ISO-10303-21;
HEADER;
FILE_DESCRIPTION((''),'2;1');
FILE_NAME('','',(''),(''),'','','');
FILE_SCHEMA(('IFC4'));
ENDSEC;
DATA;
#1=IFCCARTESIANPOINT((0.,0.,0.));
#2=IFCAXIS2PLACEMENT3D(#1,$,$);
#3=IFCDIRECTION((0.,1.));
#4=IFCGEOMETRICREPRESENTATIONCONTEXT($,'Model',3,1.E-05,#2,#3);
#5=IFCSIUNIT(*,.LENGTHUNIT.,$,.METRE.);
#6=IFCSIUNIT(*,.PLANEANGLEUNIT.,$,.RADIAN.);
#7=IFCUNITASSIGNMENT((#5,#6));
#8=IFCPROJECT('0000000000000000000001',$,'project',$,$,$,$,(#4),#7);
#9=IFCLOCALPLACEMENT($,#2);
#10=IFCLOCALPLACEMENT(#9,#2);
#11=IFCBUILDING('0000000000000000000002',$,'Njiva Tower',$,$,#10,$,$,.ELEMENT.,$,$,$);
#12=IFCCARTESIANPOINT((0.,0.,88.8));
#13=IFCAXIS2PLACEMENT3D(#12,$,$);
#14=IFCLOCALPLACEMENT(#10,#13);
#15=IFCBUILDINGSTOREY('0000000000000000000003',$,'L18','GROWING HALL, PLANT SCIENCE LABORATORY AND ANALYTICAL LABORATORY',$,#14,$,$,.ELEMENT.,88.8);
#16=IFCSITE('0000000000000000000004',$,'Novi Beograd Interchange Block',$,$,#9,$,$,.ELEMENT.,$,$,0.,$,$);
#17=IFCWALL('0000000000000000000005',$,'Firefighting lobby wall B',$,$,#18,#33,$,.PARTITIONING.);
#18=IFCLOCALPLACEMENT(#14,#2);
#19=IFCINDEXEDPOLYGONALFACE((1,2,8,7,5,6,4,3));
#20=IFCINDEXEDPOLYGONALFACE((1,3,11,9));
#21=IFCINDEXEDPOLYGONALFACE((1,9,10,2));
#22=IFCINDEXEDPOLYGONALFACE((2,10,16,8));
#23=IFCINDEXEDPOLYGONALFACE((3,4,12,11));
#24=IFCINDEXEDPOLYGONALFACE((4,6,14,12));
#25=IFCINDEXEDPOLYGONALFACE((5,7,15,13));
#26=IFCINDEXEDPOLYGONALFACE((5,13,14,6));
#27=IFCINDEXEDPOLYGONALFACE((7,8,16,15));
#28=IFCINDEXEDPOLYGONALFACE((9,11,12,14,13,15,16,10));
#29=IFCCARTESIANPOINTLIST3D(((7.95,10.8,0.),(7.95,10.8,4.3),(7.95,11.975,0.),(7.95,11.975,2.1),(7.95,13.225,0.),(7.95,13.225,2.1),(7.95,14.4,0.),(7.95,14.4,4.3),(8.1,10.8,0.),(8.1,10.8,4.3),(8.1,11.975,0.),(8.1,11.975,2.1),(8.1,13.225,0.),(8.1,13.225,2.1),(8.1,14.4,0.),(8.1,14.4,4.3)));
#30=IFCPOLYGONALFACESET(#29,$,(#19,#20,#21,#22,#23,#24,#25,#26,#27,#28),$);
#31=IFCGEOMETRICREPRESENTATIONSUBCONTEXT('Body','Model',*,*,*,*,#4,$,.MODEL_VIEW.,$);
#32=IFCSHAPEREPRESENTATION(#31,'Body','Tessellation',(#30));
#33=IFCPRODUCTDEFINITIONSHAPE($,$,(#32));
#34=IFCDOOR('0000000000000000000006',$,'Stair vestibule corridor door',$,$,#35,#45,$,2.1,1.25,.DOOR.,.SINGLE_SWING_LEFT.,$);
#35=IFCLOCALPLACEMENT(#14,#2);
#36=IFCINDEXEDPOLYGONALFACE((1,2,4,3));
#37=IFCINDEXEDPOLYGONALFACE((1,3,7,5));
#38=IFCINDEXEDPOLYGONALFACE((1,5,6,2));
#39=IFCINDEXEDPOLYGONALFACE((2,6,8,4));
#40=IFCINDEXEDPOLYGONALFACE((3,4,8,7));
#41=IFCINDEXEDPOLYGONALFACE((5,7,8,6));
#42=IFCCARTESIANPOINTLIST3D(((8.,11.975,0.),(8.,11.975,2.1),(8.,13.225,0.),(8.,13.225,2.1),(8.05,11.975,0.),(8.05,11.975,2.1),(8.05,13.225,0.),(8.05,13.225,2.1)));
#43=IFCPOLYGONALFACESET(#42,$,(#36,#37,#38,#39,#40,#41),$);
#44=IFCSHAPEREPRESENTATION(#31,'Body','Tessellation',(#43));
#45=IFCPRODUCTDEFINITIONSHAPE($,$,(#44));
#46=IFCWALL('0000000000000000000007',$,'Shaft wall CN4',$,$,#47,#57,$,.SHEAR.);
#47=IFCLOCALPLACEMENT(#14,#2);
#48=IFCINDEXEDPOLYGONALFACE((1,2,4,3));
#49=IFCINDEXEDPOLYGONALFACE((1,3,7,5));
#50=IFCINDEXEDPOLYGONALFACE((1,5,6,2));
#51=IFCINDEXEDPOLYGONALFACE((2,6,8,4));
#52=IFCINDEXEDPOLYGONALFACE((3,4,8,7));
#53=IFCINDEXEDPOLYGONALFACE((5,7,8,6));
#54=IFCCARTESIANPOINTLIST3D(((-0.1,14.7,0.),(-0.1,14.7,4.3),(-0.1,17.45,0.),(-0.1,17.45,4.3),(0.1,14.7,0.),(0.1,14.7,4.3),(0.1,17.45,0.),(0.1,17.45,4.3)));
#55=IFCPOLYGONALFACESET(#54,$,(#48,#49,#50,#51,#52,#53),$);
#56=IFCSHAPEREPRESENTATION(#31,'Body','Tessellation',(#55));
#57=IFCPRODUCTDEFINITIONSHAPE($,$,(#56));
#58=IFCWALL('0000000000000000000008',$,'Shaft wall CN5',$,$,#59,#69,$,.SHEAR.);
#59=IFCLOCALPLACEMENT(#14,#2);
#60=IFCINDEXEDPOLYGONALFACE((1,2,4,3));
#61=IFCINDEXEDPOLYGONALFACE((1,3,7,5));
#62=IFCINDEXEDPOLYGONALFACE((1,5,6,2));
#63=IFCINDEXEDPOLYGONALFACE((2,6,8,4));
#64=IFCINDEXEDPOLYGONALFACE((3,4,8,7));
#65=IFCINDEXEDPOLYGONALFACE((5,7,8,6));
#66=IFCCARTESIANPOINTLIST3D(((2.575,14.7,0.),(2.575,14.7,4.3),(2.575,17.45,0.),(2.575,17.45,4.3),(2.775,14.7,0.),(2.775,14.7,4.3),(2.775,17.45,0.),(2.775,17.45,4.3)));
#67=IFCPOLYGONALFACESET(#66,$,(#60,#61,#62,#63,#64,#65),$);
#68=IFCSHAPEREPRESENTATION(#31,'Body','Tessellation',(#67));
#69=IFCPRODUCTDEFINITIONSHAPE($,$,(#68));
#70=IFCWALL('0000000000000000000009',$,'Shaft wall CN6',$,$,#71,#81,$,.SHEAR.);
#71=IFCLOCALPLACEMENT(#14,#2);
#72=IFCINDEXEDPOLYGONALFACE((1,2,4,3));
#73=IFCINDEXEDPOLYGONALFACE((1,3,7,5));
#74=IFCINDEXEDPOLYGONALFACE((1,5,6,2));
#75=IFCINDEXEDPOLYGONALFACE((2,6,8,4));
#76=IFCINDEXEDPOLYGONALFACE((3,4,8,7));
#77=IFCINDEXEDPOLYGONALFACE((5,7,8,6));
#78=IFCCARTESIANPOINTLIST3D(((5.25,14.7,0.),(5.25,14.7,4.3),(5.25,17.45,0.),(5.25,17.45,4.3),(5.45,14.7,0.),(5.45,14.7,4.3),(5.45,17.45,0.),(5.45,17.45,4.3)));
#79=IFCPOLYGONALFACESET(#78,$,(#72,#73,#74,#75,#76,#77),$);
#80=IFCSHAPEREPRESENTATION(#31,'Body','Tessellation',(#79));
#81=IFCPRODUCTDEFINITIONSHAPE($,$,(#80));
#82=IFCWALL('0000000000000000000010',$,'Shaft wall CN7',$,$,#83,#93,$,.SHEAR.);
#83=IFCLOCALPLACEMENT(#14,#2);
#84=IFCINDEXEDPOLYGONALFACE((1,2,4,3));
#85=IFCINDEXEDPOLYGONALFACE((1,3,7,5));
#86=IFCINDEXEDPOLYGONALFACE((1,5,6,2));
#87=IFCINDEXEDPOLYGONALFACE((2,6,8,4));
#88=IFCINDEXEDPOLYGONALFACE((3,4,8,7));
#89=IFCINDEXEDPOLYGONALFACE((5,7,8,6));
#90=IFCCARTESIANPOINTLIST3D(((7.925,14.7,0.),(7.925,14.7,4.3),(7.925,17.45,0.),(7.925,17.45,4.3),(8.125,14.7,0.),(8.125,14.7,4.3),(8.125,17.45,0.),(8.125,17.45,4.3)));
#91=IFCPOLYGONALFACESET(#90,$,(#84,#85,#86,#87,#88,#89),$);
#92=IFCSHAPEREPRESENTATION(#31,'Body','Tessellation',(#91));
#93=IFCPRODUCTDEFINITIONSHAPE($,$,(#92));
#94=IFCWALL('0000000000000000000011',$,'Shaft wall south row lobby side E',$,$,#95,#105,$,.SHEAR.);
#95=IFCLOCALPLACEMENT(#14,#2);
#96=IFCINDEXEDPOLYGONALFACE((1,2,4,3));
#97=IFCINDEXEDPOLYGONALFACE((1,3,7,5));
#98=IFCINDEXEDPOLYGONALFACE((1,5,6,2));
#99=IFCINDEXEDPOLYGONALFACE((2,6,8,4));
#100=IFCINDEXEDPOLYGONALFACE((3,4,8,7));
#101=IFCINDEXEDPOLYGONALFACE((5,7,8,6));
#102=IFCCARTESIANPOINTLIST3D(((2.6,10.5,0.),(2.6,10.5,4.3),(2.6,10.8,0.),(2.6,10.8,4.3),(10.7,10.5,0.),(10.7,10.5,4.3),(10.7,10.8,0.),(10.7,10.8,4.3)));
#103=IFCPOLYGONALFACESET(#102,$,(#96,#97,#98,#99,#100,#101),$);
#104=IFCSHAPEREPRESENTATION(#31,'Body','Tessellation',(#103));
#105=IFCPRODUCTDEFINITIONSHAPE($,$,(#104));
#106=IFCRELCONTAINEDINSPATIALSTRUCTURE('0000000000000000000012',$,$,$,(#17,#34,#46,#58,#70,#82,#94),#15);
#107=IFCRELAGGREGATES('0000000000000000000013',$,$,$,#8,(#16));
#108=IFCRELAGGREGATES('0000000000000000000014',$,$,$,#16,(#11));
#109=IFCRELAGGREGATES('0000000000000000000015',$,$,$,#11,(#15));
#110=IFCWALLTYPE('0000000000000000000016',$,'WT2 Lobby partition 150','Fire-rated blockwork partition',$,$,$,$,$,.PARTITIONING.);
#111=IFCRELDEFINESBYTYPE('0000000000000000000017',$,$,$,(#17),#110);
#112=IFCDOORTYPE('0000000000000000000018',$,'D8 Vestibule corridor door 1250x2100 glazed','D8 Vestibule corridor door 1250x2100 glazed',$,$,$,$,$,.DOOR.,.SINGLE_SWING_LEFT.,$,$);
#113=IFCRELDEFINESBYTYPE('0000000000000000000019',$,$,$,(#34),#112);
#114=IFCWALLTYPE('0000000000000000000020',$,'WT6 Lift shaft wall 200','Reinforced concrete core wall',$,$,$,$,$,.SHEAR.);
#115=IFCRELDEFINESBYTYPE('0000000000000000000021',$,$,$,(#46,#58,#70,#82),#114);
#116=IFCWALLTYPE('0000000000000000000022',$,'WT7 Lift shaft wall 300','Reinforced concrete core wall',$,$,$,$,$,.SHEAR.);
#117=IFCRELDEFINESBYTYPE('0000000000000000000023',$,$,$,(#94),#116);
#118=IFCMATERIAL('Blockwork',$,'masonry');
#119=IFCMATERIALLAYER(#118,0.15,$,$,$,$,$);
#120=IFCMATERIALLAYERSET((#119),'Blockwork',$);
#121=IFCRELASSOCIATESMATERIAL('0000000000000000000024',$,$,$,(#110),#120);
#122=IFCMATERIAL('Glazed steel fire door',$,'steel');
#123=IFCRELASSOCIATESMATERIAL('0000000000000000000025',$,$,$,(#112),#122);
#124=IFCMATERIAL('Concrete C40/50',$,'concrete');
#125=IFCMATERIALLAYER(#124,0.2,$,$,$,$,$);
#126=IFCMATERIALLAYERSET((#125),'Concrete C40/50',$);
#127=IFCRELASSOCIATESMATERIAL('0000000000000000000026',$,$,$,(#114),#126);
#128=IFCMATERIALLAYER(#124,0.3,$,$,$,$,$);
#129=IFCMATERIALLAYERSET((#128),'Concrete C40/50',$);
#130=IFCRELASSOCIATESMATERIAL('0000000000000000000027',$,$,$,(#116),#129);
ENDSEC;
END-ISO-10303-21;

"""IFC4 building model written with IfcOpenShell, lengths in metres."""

from ifc_helpers import new_model, si_unit, direction, frame, frame_2d, origin, place, context, subcontext, project, spatial, rectangle, extrude, material, layer, layer_set, type_object, element, fill, save


model = new_model("IFC4")

# Units and contexts
model_context = context("Model", 3, precision=1e-05, world=origin(), true_north=direction((0.0, 1.0)))
body_context = subcontext(model_context, "Body", "Model", "MODEL_VIEW")
ifc_project = project(units=[si_unit("LENGTHUNIT", "METRE"), si_unit("PLANEANGLEUNIT", "RADIAN")], contexts=[model_context])

# Site, building, storey
site_placement = place(None, origin())
site = spatial("IfcSite", under=ifc_project, at=site_placement, Name="Novi Beograd Interchange Block", CompositionType="ELEMENT", RefElevation=0.0)
building_placement = place(site_placement, origin())
building = spatial("IfcBuilding", under=site, at=building_placement, Name="Njiva Tower", CompositionType="ELEMENT")
storey_placement = place(building_placement, frame((0.0, 0.0, 88.8)))
storey = spatial("IfcBuildingStorey", under=building, at=storey_placement, Name="L18", Description="GROWING HALL, PLANT SCIENCE LABORATORY AND ANALYTICAL LABORATORY", CompositionType="ELEMENT", Elevation=88.8)

# Wall, opening, door
ifc_material_1 = material(Name="Concrete C40/50", Category="concrete")
ifc_material_2 = material(Name="Glazed steel fire door", Category="steel")
ifc_material_3 = material(Name="Blockwork", Category="masonry")
ifc_layer_1 = layer(ifc_material_3, 0.15)
ifc_layer_set_1 = layer_set([ifc_layer_1], Name="Blockwork")
wall_type_1 = type_object("IfcWallType", Name="WT2 Lobby partition 150", Description="Fire-rated blockwork partition", PredefinedType="PARTITIONING", material=ifc_layer_set_1)
wall_1_placement = place(storey_placement, frame((8.025, 10.8, 0.0), z_axis=(0.0, 0.0, 1.0), x_axis=(0.0, 1.0, 0.0)))
wall_1 = element("IfcWall", 1, at=wall_1_placement, inside=storey, type_object=wall_type_1, Name="Firefighting lobby wall B", PredefinedType="PARTITIONING", context=body_context, shape_type="SweptSolid", body=[
    extrude(rectangle(XDim=3.6, YDim=0.15, at=frame_2d((1.8, 0.0))), origin(), (0.0, 0.0, 1.0), 4.3),
])
opening_1_placement = place(wall_1_placement, frame((1.175, 0.0, 0.0)))
opening_1 = element("IfcOpeningElement", 2, at=opening_1_placement, cuts=wall_1, PredefinedType="OPENING", context=body_context, shape_type="SweptSolid", body=[
    extrude(rectangle(XDim=1.25, YDim=2.1, at=frame_2d((0.625, 1.05))), frame((0.0, 0.085, 0.0), z_axis=(0.0, -1.0, 0.0), x_axis=(1.0, 0.0, 0.0)), (0.0, 0.0, 1.0), 0.17),
])
door_type_1 = type_object("IfcDoorType", Name="D8 Vestibule corridor door 1250x2100 glazed", Description="D8 Vestibule corridor door 1250x2100 glazed", OperationType="SINGLE_SWING_LEFT", PredefinedType="DOOR", material=ifc_material_2)
door_1_placement = place(opening_1_placement, origin())
door_1 = element("IfcDoor", 3, at=door_1_placement, inside=storey, type_object=door_type_1, Name="Stair vestibule corridor door", OperationType="SINGLE_SWING_LEFT", OverallHeight=2.1, OverallWidth=1.25, PredefinedType="DOOR", context=body_context, shape_type="SweptSolid", body=[
    extrude(rectangle(XDim=1.25, YDim=2.1, at=frame_2d((0.625, 1.05))), frame((0.0, 0.025, 0.0), z_axis=(0.0, -1.0, 0.0), x_axis=(1.0, 0.0, 0.0)), (0.0, 0.0, 1.0), 0.05),
])
fill(opening_1, door_1)

# Walls
ifc_layer_2 = layer(ifc_material_1, 0.2)
ifc_layer_set_2 = layer_set([ifc_layer_2], Name="Concrete C40/50")
wall_type_2 = type_object("IfcWallType", Name="WT6 Lift shaft wall 200", Description="Reinforced concrete core wall", PredefinedType="SHEAR", material=ifc_layer_set_2)
for number, where, z_axis, x_axis, name in (
    (4, (0.0, 14.7, 0.0), (0.0, 0.0, 1.0), (0.0, 1.0, 0.0), "Shaft wall CN4"),
    (5, (2.675, 14.7, 0.0), (0.0, 0.0, 1.0), (0.0, 1.0, 0.0), "Shaft wall CN5"),
    (6, (5.35, 14.7, 0.0), (0.0, 0.0, 1.0), (0.0, 1.0, 0.0), "Shaft wall CN6"),
    (7, (8.025, 14.7, 0.0), (0.0, 0.0, 1.0), (0.0, 1.0, 0.0), "Shaft wall CN7"),
):
    element("IfcWall", number, at=place(storey_placement, frame(where, z_axis=z_axis, x_axis=x_axis)), inside=storey, type_object=wall_type_2, Name=name, PredefinedType="SHEAR", context=body_context, shape_type="SweptSolid", body=[
        extrude(rectangle(XDim=2.75, YDim=0.2, at=frame_2d((1.375, 0.0))), origin(), (0.0, 0.0, 1.0), 4.3),
    ])
ifc_layer_3 = layer(ifc_material_1, 0.3)
ifc_layer_set_3 = layer_set([ifc_layer_3], Name="Concrete C40/50")
wall_type_3 = type_object("IfcWallType", Name="WT7 Lift shaft wall 300", Description="Reinforced concrete core wall", PredefinedType="SHEAR", material=ifc_layer_set_3)
wall_2_placement = place(storey_placement, frame((2.6, 10.65, 0.0), z_axis=(0.0, 0.0, 1.0), x_axis=(1.0, 0.0, 0.0)))
element("IfcWall", 8, at=wall_2_placement, inside=storey, type_object=wall_type_3, Name="Shaft wall south row lobby side E", PredefinedType="SHEAR", context=body_context, shape_type="SweptSolid", body=[
    extrude(rectangle(XDim=8.1, YDim=0.3, at=frame_2d((4.05, 0.0))), origin(), (0.0, 0.0, 1.0), 4.3),
])

save(model, "model.ifc")
